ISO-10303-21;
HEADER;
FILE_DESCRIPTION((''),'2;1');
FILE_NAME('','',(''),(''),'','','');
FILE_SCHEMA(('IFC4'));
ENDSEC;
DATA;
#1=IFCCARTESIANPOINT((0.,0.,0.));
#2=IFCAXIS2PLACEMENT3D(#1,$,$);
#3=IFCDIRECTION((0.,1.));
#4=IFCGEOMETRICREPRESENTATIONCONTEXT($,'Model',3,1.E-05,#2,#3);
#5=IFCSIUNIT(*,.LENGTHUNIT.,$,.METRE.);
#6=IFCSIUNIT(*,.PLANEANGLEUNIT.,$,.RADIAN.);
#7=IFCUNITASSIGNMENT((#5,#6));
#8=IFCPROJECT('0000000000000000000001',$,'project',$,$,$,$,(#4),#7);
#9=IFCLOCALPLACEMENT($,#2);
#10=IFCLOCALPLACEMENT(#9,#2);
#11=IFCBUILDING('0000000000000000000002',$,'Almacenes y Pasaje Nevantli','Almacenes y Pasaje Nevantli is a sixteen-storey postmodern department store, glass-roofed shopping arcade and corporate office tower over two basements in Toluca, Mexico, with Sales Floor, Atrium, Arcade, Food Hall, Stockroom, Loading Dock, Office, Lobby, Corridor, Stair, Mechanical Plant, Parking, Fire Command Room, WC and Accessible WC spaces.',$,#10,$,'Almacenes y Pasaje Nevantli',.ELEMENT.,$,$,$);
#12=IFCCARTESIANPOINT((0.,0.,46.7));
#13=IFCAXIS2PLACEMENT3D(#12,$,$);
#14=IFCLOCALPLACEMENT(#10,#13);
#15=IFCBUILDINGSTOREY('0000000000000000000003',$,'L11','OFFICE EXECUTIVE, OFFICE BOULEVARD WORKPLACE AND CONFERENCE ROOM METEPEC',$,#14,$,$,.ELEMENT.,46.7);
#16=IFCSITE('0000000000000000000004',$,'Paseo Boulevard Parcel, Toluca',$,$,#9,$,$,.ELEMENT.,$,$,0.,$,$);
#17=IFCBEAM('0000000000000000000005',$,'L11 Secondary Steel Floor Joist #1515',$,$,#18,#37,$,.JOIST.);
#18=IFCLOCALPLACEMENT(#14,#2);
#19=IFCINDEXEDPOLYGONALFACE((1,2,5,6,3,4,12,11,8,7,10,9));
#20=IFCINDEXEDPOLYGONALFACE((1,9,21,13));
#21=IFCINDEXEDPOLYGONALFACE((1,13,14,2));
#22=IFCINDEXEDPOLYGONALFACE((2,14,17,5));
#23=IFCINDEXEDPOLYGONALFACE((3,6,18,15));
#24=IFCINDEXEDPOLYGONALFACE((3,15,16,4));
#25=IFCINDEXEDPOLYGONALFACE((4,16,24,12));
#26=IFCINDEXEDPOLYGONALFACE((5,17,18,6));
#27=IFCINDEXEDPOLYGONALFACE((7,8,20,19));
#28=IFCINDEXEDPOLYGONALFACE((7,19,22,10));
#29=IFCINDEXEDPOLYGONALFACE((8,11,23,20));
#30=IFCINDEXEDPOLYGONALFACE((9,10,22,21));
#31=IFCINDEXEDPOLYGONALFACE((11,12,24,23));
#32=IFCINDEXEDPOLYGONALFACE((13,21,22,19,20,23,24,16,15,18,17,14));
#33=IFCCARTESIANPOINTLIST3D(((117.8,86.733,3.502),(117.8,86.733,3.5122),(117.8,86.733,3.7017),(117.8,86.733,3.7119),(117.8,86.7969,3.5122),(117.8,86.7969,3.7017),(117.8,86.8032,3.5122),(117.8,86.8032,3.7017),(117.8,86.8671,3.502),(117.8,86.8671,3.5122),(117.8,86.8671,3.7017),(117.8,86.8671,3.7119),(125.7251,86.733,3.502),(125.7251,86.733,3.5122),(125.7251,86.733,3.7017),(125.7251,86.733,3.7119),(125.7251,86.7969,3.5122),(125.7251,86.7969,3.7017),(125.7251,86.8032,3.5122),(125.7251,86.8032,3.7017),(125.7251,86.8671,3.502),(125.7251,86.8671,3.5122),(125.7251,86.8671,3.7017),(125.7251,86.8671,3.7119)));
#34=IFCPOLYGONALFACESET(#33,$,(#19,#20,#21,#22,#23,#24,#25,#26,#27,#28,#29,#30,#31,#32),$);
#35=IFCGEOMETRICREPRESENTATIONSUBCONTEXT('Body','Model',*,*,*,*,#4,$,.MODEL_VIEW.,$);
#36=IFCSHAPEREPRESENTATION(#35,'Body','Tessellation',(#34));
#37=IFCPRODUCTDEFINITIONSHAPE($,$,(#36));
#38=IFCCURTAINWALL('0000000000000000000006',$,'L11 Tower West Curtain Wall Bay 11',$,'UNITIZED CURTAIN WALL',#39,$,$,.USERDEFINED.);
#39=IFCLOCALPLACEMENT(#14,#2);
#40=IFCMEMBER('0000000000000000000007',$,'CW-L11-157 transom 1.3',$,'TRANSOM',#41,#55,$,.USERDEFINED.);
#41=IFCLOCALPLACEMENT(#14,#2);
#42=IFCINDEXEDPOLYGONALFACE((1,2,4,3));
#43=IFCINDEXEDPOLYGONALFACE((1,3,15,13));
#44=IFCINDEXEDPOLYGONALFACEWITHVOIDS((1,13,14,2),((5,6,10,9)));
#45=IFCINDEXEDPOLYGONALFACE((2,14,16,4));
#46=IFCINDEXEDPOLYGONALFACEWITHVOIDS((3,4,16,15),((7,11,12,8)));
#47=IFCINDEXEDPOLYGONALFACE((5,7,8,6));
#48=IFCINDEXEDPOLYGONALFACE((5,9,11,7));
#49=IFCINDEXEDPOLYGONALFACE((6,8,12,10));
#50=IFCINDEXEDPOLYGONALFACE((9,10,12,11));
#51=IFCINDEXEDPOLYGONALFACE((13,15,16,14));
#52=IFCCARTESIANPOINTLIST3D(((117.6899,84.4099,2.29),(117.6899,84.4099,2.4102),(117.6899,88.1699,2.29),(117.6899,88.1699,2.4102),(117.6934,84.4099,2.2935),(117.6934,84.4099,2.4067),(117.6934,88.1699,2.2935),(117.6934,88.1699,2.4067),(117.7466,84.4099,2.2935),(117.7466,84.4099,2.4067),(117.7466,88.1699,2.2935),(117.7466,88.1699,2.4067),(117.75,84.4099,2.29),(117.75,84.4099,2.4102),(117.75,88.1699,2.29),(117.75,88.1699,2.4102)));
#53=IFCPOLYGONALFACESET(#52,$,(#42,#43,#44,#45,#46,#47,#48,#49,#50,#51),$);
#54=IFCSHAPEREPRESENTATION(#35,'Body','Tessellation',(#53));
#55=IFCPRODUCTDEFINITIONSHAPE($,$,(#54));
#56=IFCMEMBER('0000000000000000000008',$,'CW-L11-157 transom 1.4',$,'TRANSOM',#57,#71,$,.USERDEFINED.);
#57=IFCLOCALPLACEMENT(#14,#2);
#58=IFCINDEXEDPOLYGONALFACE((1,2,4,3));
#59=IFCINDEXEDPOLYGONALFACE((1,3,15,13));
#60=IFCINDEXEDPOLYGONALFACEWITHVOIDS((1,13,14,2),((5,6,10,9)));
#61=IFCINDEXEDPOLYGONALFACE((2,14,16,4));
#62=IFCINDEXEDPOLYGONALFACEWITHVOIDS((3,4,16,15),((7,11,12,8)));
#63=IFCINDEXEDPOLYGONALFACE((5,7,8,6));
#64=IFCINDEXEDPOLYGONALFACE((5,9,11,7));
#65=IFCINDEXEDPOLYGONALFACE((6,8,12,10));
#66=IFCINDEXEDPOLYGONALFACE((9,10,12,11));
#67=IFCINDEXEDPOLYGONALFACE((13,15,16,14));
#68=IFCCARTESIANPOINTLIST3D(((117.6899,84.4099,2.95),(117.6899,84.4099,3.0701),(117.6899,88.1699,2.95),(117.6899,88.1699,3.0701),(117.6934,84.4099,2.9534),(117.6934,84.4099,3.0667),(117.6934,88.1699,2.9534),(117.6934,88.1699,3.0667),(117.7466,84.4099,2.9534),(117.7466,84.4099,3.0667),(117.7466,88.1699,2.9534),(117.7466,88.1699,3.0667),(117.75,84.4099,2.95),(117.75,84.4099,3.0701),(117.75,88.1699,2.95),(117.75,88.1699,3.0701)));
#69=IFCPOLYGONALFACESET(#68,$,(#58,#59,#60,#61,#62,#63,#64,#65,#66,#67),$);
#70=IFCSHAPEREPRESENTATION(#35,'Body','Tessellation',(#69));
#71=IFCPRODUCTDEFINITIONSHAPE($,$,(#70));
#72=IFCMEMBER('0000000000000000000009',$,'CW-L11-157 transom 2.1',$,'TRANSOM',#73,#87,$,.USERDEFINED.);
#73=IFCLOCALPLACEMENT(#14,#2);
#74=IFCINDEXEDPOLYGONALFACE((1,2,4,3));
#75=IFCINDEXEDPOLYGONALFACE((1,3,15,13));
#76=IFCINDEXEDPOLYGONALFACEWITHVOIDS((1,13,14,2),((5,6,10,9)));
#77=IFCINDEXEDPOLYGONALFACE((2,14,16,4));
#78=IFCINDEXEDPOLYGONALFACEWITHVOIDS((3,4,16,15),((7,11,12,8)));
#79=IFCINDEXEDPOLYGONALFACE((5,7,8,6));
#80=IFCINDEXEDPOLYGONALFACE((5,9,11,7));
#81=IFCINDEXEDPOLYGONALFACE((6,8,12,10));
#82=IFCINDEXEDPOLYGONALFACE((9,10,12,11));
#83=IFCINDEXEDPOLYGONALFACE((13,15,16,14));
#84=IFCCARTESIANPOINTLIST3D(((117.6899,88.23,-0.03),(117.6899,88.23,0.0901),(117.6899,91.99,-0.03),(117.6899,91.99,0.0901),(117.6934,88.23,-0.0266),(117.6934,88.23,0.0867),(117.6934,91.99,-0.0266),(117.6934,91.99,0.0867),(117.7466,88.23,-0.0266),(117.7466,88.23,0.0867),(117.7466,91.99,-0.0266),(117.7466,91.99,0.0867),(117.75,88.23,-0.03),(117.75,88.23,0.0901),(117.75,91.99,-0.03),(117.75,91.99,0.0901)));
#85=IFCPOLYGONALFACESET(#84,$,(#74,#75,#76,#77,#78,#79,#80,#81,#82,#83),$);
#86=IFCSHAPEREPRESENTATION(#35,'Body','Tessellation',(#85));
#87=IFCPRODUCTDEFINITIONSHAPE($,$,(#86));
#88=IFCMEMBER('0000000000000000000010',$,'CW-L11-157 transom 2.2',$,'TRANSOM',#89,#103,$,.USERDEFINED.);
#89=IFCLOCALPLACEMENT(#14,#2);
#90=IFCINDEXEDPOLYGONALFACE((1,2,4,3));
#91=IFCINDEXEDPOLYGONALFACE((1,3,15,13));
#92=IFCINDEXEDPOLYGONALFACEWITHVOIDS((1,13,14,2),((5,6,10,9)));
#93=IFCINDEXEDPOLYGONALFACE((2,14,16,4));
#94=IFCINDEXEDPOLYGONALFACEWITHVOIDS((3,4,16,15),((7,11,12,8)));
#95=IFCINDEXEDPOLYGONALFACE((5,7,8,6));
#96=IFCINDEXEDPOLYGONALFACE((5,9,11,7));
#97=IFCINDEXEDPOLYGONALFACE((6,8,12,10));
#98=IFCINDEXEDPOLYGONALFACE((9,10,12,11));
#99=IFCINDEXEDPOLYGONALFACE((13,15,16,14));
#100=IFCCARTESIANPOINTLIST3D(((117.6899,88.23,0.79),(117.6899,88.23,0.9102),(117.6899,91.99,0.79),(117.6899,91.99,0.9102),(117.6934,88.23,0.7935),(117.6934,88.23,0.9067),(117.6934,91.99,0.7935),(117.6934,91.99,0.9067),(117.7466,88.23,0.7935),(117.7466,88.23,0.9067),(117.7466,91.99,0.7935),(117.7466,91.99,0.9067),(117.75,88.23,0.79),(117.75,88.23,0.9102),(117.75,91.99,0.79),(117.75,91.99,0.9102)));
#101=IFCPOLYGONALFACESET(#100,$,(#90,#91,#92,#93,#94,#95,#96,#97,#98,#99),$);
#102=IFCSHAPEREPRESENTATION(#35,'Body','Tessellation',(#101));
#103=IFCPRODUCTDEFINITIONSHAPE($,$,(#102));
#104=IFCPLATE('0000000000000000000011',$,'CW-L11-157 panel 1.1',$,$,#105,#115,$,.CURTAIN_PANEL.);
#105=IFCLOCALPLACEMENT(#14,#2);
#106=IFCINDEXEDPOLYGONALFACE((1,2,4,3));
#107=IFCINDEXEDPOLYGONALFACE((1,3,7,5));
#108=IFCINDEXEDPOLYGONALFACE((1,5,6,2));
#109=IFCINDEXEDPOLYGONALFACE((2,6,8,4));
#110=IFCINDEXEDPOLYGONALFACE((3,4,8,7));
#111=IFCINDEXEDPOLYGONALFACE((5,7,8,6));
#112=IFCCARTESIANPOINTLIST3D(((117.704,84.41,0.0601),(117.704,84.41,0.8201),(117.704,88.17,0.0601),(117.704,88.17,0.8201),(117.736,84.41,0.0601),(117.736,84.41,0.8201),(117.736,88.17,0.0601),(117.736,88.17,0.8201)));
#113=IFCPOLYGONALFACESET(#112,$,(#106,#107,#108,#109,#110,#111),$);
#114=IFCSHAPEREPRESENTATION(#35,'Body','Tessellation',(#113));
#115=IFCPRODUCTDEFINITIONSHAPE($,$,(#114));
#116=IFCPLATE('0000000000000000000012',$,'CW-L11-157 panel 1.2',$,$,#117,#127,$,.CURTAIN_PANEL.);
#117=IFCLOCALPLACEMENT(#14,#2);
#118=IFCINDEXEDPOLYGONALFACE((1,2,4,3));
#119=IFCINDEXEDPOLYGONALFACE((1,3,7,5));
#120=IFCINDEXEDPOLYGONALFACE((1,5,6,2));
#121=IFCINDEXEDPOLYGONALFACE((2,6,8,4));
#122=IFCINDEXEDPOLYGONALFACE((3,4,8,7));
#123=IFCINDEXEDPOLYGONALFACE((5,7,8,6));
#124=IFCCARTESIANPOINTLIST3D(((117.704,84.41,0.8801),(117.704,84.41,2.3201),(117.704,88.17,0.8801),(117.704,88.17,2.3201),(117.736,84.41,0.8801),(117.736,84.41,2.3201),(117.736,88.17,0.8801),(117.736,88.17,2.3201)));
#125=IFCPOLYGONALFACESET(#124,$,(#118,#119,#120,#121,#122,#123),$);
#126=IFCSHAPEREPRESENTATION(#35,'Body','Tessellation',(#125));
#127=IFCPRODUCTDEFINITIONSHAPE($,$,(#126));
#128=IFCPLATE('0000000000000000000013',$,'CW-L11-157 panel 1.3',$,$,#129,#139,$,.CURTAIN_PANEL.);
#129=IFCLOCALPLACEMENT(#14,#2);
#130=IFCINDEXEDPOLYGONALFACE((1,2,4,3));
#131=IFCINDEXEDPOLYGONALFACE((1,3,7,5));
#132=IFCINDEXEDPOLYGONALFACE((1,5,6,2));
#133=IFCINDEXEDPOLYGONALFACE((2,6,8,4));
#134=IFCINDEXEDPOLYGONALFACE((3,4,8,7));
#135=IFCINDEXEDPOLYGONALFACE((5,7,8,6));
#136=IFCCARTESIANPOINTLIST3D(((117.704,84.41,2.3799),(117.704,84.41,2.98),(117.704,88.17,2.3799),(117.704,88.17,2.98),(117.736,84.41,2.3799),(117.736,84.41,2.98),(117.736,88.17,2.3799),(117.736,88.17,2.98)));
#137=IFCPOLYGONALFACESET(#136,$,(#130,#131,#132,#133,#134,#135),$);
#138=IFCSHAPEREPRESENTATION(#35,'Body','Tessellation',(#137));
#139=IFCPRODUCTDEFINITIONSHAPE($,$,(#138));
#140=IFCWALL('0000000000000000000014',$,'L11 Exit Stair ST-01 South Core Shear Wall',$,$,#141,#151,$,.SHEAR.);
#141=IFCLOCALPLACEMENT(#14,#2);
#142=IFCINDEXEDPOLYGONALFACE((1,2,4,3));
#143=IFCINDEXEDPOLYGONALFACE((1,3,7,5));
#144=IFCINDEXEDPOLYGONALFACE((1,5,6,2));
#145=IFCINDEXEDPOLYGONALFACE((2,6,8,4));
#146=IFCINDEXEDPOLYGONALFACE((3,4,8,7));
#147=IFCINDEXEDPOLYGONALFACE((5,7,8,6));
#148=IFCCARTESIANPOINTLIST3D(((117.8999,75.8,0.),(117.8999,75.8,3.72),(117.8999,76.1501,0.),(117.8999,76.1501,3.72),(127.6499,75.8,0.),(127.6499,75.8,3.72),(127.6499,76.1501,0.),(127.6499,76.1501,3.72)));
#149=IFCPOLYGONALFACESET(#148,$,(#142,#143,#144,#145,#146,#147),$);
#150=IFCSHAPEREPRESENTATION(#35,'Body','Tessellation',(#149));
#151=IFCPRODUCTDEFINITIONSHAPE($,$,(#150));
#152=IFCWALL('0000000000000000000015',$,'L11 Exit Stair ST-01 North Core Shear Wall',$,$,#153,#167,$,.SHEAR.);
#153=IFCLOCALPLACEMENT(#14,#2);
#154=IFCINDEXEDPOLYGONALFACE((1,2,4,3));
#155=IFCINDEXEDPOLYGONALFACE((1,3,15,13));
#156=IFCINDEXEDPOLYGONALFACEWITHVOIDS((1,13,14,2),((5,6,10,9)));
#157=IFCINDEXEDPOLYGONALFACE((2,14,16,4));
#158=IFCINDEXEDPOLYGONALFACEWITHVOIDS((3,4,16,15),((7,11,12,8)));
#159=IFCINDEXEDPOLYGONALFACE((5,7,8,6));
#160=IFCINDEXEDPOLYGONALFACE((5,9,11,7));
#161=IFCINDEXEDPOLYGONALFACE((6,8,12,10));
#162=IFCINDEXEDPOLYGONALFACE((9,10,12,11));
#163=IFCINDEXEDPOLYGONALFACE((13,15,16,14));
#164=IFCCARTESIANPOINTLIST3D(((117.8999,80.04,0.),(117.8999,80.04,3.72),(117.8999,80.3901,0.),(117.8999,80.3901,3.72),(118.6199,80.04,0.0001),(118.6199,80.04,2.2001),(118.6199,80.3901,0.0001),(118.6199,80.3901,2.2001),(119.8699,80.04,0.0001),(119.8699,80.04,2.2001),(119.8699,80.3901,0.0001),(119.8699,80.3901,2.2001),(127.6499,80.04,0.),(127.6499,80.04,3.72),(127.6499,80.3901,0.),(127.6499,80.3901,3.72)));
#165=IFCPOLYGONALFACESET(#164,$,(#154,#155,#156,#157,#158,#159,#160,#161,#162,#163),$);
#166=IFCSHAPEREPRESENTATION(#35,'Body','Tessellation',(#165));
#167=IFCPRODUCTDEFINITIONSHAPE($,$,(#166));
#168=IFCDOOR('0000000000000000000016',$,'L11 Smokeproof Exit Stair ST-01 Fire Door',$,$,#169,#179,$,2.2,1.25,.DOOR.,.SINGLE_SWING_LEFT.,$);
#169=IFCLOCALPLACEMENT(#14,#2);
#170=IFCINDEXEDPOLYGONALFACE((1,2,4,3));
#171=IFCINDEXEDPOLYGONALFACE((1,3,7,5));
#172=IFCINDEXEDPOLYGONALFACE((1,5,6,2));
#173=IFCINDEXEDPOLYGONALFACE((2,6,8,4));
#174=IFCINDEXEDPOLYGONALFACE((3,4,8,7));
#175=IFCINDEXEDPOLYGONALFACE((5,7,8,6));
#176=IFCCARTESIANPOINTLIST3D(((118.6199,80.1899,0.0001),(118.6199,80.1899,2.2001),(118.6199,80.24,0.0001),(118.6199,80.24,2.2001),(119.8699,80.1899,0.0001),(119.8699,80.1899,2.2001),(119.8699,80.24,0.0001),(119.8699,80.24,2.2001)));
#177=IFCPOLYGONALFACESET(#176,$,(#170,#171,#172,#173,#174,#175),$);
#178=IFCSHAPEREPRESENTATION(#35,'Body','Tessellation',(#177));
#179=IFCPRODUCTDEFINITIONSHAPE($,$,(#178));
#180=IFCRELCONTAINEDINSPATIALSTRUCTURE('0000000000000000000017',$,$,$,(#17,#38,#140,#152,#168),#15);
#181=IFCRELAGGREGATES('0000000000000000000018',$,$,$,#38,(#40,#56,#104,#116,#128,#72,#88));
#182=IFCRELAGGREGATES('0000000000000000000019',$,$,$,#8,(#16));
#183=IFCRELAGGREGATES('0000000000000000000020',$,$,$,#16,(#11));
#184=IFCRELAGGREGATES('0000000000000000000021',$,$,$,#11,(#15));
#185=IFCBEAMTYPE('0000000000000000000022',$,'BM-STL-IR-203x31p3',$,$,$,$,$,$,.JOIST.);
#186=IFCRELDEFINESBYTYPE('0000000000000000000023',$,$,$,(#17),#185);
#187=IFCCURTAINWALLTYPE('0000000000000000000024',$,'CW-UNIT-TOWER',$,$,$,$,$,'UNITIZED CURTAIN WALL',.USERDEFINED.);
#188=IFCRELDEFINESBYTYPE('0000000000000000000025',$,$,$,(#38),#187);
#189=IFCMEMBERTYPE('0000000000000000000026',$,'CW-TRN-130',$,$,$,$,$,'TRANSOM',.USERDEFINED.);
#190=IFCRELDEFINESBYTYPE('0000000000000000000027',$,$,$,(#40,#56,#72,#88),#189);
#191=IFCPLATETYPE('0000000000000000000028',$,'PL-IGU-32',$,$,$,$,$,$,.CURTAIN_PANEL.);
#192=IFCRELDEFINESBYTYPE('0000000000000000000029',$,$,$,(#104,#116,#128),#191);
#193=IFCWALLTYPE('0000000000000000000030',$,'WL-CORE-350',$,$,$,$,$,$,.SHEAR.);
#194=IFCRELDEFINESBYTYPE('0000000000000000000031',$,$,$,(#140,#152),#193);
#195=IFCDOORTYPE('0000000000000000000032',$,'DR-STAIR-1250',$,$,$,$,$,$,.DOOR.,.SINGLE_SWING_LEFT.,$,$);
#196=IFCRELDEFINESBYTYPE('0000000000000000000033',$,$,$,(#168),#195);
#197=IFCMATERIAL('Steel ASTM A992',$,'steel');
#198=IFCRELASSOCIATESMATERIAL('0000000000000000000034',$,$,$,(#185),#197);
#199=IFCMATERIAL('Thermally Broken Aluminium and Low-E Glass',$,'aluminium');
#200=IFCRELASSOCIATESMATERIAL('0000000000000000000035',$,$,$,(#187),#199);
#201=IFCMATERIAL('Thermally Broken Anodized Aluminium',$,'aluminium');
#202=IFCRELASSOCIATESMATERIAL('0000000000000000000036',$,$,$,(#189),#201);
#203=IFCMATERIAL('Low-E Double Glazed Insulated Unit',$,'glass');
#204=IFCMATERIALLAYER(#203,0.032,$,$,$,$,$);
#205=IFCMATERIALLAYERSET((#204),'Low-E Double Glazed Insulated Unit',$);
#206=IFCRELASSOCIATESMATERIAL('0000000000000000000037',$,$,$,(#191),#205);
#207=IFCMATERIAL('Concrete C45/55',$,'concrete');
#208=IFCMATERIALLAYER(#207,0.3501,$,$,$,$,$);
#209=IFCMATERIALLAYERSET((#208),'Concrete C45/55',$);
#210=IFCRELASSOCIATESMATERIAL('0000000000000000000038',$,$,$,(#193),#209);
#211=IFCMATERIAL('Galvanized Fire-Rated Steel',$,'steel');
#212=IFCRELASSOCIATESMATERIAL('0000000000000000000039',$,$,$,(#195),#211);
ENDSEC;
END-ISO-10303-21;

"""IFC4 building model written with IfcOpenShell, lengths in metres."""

from ifc_helpers import new_model, si_unit, direction, frame, frame_2d, origin, origin_2d, place, context, subcontext, project, spatial, rectangle, hollow_rectangle, i_section, extrude, material, layer, layer_set, material_profile, profile_set, type_object, element, fill, aggregate, save


model = new_model("IFC4")

# Units and contexts
model_context = context("Model", 3, precision=1e-05, world=origin(), true_north=direction((0.0, 1.0)))
body_context = subcontext(model_context, "Body", "Model", "MODEL_VIEW")
ifc_project = project(units=[si_unit("LENGTHUNIT", "METRE"), si_unit("PLANEANGLEUNIT", "RADIAN")], contexts=[model_context])

# Site, building, storey
site_placement = place(None, origin())
site = spatial("IfcSite", under=ifc_project, at=site_placement, Name="Paseo Boulevard Parcel, Toluca", CompositionType="ELEMENT", RefElevation=0.0)
building_placement = place(site_placement, origin())
building = spatial("IfcBuilding", under=site, at=building_placement, Name="Almacenes y Pasaje Nevantli", Description="Almacenes y Pasaje Nevantli is a sixteen-storey postmodern department store, glass-roofed shopping arcade and corporate office tower over two basements in Toluca, Mexico, with Sales Floor, Atrium, Arcade, Food Hall, Stockroom, Loading Dock, Office, Lobby, Corridor, Stair, Mechanical Plant, Parking, Fire Command Room, WC and Accessible WC spaces.", LongName="Almacenes y Pasaje Nevantli", CompositionType="ELEMENT")
storey_placement = place(building_placement, frame((0.0, 0.0, 46.7)))
storey = spatial("IfcBuildingStorey", under=building, at=storey_placement, Name="L11", Description="OFFICE EXECUTIVE, OFFICE BOULEVARD WORKPLACE AND CONFERENCE ROOM METEPEC", CompositionType="ELEMENT", Elevation=46.7)

# Beam
ifc_material_1 = material(Name="Steel ASTM A992", Category="steel")
ifc_material_profile_1 = material_profile(ifc_material_1, i_section(OverallWidth=0.134, OverallDepth=0.21, WebThickness=0.0063, FlangeThickness=0.0103, at=origin_2d()), Name="IR 203x31.3")
ifc_profile_set_1 = profile_set([ifc_material_profile_1], Name="Steel ASTM A992")
beam_type = type_object("IfcBeamType", Name="BM-STL-IR-203x31p3", PredefinedType="JOIST", material=ifc_profile_set_1)
beam_placement = place(storey_placement, frame((117.8, 86.8, 3.6069), z_axis=(1.0, 0.0, 0.0), x_axis=(0.0, 1.0, 0.0)))
element("IfcBeam", 1, at=beam_placement, inside=storey, type_object=beam_type, Name="L11 Secondary Steel Floor Joist #1515", PredefinedType="JOIST", context=body_context, shape_type="SweptSolid", body=[
    extrude(i_section(OverallWidth=0.134, OverallDepth=0.21, WebThickness=0.0063, FlangeThickness=0.0103, at=origin_2d()), origin(), (0.0, 0.0, 1.0), 7.925),
])

# Curtain wall, members, plates
ifc_material_2 = material(Name="Thermally Broken Aluminium and Low-E Glass", Category="aluminium")
curtain_wall_type = type_object("IfcCurtainWallType", Name="CW-UNIT-TOWER", ElementType="UNITIZED CURTAIN WALL", PredefinedType="USERDEFINED", material=ifc_material_2)
curtain_wall_placement = place(storey_placement, origin())
curtain_wall = element("IfcCurtainWall", 2, at=curtain_wall_placement, inside=storey, type_object=curtain_wall_type, Name="L11 Tower West Curtain Wall Bay 11", ObjectType="UNITIZED CURTAIN WALL", PredefinedType="USERDEFINED")
ifc_material_3 = material(Name="Thermally Broken Anodized Aluminium", Category="aluminium")
ifc_material_profile_2 = material_profile(ifc_material_3, hollow_rectangle(XDim=0.0601, YDim=0.1201, WallThickness=0.0034, at=origin_2d()), Name="ALU-TRN-60x120")
ifc_profile_set_2 = profile_set([ifc_material_profile_2], Name="Thermally Broken Anodized Aluminium")
member_type = type_object("IfcMemberType", Name="CW-TRN-130", ElementType="TRANSOM", PredefinedType="USERDEFINED", material=ifc_profile_set_2)
member_1_placement = place(storey_placement, frame((117.72, 84.4099, 2.3501), z_axis=(0.0, 1.0, 0.0), x_axis=(-1.0, 0.0, 0.0)))
member_1 = element("IfcMember", 3, at=member_1_placement, type_object=member_type, Name="CW-L11-157 transom 1.3", ObjectType="TRANSOM", PredefinedType="USERDEFINED", context=body_context, shape_type="SweptSolid", body=[
    extrude(hollow_rectangle(XDim=0.0601, YDim=0.1201, WallThickness=0.0034, at=origin_2d()), origin(), (0.0, 0.0, 1.0), 3.76),
])
member_2_placement = place(storey_placement, frame((117.72, 84.4099, 3.01), z_axis=(0.0, 1.0, 0.0), x_axis=(-1.0, 0.0, 0.0)))
member_2 = element("IfcMember", 4, at=member_2_placement, type_object=member_type, Name="CW-L11-157 transom 1.4", ObjectType="TRANSOM", PredefinedType="USERDEFINED", context=body_context, shape_type="SweptSolid", body=[
    extrude(hollow_rectangle(XDim=0.0601, YDim=0.1201, WallThickness=0.0034, at=origin_2d()), origin(), (0.0, 0.0, 1.0), 3.76),
])
member_3_placement = place(storey_placement, frame((117.72, 88.23, 0.03), z_axis=(0.0, 1.0, 0.0), x_axis=(-1.0, 0.0, 0.0)))
member_3 = element("IfcMember", 5, at=member_3_placement, type_object=member_type, Name="CW-L11-157 transom 2.1", ObjectType="TRANSOM", PredefinedType="USERDEFINED", context=body_context, shape_type="SweptSolid", body=[
    extrude(hollow_rectangle(XDim=0.0601, YDim=0.1201, WallThickness=0.0034, at=origin_2d()), origin(), (0.0, 0.0, 1.0), 3.76),
])
member_4_placement = place(storey_placement, frame((117.72, 88.23, 0.8501), z_axis=(0.0, 1.0, 0.0), x_axis=(-1.0, 0.0, 0.0)))
member_4 = element("IfcMember", 6, at=member_4_placement, type_object=member_type, Name="CW-L11-157 transom 2.2", ObjectType="TRANSOM", PredefinedType="USERDEFINED", context=body_context, shape_type="SweptSolid", body=[
    extrude(hollow_rectangle(XDim=0.0601, YDim=0.1201, WallThickness=0.0034, at=origin_2d()), origin(), (0.0, 0.0, 1.0), 3.76),
])
ifc_material_4 = material(Name="Low-E Double Glazed Insulated Unit", Category="glass")
ifc_layer_1 = layer(ifc_material_4, 0.032)
ifc_layer_set_1 = layer_set([ifc_layer_1], Name="Low-E Double Glazed Insulated Unit")
plate_type = type_object("IfcPlateType", Name="PL-IGU-32", PredefinedType="CURTAIN_PANEL", material=ifc_layer_set_1)
plate_1_placement = place(storey_placement, frame((117.72, 86.29, 0.0601), z_axis=(0.0, 0.0, 1.0), x_axis=(0.0, 1.0, 0.0)))
plate_1 = element("IfcPlate", 7, at=plate_1_placement, type_object=plate_type, Name="CW-L11-157 panel 1.1", PredefinedType="CURTAIN_PANEL", context=body_context, shape_type="SweptSolid", body=[
    extrude(rectangle(XDim=3.76, YDim=0.032, at=origin_2d()), origin(), (0.0, 0.0, 1.0), 0.76),
])
plate_2_placement = place(storey_placement, frame((117.72, 86.29, 0.8801), z_axis=(0.0, 0.0, 1.0), x_axis=(0.0, 1.0, 0.0)))
plate_2 = element("IfcPlate", 8, at=plate_2_placement, type_object=plate_type, Name="CW-L11-157 panel 1.2", PredefinedType="CURTAIN_PANEL", context=body_context, shape_type="SweptSolid", body=[
    extrude(rectangle(XDim=3.76, YDim=0.032, at=origin_2d()), origin(), (0.0, 0.0, 1.0), 1.4399),
])
plate_3_placement = place(storey_placement, frame((117.72, 86.29, 2.3799), z_axis=(0.0, 0.0, 1.0), x_axis=(0.0, 1.0, 0.0)))
plate_3 = element("IfcPlate", 9, at=plate_3_placement, type_object=plate_type, Name="CW-L11-157 panel 1.3", PredefinedType="CURTAIN_PANEL", context=body_context, shape_type="SweptSolid", body=[
    extrude(rectangle(XDim=3.76, YDim=0.032, at=origin_2d()), origin(), (0.0, 0.0, 1.0), 0.6001),
])
aggregate(curtain_wall, [member_1, member_2, plate_1, plate_2, plate_3, member_3, member_4])

# Wall
ifc_material_5 = material(Name="Concrete C45/55", Category="concrete")
ifc_layer_2 = layer(ifc_material_5, 0.3501)
ifc_layer_set_2 = layer_set([ifc_layer_2], Name="Concrete C45/55")
wall_type_1 = type_object("IfcWallType", Name="WL-CORE-350", PredefinedType="SHEAR", material=ifc_layer_set_2)
wall_1_placement = place(storey_placement, frame((117.8999, 75.9751, 0.0), z_axis=(0.0, 0.0, 1.0), x_axis=(1.0, 0.0, 0.0)))
element("IfcWall", 10, at=wall_1_placement, inside=storey, type_object=wall_type_1, Name="L11 Exit Stair ST-01 South Core Shear Wall", PredefinedType="SHEAR", context=body_context, shape_type="SweptSolid", body=[
    extrude(rectangle(XDim=9.75, YDim=0.3501, at=frame_2d((4.875, 0.0))), origin(), (0.0, 0.0, 1.0), 3.72),
])

# Wall, opening, door
wall_2_placement = place(storey_placement, frame((117.8999, 80.2151, 0.0), z_axis=(0.0, 0.0, 1.0), x_axis=(1.0, 0.0, 0.0)))
wall_2 = element("IfcWall", 11, at=wall_2_placement, inside=storey, type_object=wall_type_1, Name="L11 Exit Stair ST-01 North Core Shear Wall", PredefinedType="SHEAR", context=body_context, shape_type="SweptSolid", body=[
    extrude(rectangle(XDim=9.75, YDim=0.3501, at=frame_2d((4.875, 0.0))), origin(), (0.0, 0.0, 1.0), 3.72),
])
opening_1_placement = place(wall_2_placement, frame((0.72, 0.0, 0.0)))
opening_1 = element("IfcOpeningElement", 12, at=opening_1_placement, cuts=wall_2, PredefinedType="OPENING", context=body_context, shape_type="SweptSolid", body=[
    extrude(rectangle(XDim=1.25, YDim=2.2, at=frame_2d((0.625, 1.1001))), frame((0.0, 0.1851, 0.0), z_axis=(0.0, -1.0, 0.0), x_axis=(1.0, 0.0, 0.0)), (0.0, 0.0, 1.0), 0.3701),
])
ifc_material_6 = material(Name="Galvanized Fire-Rated Steel", Category="steel")
door_type_1 = type_object("IfcDoorType", Name="DR-STAIR-1250", OperationType="SINGLE_SWING_LEFT", PredefinedType="DOOR", material=ifc_material_6)
door_1_placement = place(opening_1_placement, origin())
door_1 = element("IfcDoor", 13, at=door_1_placement, inside=storey, type_object=door_type_1, Name="L11 Smokeproof Exit Stair ST-01 Fire Door", OperationType="SINGLE_SWING_LEFT", OverallHeight=2.2, OverallWidth=1.25, PredefinedType="DOOR", context=body_context, shape_type="SweptSolid", body=[
    extrude(rectangle(XDim=1.25, YDim=2.2, at=frame_2d((0.625, 1.1001))), frame((0.0, 0.0249, 0.0), z_axis=(0.0, -1.0, 0.0), x_axis=(1.0, 0.0, 0.0)), (0.0, 0.0, 1.0), 0.05),
])
fill(opening_1, door_1)

save(model, "model.ifc")
